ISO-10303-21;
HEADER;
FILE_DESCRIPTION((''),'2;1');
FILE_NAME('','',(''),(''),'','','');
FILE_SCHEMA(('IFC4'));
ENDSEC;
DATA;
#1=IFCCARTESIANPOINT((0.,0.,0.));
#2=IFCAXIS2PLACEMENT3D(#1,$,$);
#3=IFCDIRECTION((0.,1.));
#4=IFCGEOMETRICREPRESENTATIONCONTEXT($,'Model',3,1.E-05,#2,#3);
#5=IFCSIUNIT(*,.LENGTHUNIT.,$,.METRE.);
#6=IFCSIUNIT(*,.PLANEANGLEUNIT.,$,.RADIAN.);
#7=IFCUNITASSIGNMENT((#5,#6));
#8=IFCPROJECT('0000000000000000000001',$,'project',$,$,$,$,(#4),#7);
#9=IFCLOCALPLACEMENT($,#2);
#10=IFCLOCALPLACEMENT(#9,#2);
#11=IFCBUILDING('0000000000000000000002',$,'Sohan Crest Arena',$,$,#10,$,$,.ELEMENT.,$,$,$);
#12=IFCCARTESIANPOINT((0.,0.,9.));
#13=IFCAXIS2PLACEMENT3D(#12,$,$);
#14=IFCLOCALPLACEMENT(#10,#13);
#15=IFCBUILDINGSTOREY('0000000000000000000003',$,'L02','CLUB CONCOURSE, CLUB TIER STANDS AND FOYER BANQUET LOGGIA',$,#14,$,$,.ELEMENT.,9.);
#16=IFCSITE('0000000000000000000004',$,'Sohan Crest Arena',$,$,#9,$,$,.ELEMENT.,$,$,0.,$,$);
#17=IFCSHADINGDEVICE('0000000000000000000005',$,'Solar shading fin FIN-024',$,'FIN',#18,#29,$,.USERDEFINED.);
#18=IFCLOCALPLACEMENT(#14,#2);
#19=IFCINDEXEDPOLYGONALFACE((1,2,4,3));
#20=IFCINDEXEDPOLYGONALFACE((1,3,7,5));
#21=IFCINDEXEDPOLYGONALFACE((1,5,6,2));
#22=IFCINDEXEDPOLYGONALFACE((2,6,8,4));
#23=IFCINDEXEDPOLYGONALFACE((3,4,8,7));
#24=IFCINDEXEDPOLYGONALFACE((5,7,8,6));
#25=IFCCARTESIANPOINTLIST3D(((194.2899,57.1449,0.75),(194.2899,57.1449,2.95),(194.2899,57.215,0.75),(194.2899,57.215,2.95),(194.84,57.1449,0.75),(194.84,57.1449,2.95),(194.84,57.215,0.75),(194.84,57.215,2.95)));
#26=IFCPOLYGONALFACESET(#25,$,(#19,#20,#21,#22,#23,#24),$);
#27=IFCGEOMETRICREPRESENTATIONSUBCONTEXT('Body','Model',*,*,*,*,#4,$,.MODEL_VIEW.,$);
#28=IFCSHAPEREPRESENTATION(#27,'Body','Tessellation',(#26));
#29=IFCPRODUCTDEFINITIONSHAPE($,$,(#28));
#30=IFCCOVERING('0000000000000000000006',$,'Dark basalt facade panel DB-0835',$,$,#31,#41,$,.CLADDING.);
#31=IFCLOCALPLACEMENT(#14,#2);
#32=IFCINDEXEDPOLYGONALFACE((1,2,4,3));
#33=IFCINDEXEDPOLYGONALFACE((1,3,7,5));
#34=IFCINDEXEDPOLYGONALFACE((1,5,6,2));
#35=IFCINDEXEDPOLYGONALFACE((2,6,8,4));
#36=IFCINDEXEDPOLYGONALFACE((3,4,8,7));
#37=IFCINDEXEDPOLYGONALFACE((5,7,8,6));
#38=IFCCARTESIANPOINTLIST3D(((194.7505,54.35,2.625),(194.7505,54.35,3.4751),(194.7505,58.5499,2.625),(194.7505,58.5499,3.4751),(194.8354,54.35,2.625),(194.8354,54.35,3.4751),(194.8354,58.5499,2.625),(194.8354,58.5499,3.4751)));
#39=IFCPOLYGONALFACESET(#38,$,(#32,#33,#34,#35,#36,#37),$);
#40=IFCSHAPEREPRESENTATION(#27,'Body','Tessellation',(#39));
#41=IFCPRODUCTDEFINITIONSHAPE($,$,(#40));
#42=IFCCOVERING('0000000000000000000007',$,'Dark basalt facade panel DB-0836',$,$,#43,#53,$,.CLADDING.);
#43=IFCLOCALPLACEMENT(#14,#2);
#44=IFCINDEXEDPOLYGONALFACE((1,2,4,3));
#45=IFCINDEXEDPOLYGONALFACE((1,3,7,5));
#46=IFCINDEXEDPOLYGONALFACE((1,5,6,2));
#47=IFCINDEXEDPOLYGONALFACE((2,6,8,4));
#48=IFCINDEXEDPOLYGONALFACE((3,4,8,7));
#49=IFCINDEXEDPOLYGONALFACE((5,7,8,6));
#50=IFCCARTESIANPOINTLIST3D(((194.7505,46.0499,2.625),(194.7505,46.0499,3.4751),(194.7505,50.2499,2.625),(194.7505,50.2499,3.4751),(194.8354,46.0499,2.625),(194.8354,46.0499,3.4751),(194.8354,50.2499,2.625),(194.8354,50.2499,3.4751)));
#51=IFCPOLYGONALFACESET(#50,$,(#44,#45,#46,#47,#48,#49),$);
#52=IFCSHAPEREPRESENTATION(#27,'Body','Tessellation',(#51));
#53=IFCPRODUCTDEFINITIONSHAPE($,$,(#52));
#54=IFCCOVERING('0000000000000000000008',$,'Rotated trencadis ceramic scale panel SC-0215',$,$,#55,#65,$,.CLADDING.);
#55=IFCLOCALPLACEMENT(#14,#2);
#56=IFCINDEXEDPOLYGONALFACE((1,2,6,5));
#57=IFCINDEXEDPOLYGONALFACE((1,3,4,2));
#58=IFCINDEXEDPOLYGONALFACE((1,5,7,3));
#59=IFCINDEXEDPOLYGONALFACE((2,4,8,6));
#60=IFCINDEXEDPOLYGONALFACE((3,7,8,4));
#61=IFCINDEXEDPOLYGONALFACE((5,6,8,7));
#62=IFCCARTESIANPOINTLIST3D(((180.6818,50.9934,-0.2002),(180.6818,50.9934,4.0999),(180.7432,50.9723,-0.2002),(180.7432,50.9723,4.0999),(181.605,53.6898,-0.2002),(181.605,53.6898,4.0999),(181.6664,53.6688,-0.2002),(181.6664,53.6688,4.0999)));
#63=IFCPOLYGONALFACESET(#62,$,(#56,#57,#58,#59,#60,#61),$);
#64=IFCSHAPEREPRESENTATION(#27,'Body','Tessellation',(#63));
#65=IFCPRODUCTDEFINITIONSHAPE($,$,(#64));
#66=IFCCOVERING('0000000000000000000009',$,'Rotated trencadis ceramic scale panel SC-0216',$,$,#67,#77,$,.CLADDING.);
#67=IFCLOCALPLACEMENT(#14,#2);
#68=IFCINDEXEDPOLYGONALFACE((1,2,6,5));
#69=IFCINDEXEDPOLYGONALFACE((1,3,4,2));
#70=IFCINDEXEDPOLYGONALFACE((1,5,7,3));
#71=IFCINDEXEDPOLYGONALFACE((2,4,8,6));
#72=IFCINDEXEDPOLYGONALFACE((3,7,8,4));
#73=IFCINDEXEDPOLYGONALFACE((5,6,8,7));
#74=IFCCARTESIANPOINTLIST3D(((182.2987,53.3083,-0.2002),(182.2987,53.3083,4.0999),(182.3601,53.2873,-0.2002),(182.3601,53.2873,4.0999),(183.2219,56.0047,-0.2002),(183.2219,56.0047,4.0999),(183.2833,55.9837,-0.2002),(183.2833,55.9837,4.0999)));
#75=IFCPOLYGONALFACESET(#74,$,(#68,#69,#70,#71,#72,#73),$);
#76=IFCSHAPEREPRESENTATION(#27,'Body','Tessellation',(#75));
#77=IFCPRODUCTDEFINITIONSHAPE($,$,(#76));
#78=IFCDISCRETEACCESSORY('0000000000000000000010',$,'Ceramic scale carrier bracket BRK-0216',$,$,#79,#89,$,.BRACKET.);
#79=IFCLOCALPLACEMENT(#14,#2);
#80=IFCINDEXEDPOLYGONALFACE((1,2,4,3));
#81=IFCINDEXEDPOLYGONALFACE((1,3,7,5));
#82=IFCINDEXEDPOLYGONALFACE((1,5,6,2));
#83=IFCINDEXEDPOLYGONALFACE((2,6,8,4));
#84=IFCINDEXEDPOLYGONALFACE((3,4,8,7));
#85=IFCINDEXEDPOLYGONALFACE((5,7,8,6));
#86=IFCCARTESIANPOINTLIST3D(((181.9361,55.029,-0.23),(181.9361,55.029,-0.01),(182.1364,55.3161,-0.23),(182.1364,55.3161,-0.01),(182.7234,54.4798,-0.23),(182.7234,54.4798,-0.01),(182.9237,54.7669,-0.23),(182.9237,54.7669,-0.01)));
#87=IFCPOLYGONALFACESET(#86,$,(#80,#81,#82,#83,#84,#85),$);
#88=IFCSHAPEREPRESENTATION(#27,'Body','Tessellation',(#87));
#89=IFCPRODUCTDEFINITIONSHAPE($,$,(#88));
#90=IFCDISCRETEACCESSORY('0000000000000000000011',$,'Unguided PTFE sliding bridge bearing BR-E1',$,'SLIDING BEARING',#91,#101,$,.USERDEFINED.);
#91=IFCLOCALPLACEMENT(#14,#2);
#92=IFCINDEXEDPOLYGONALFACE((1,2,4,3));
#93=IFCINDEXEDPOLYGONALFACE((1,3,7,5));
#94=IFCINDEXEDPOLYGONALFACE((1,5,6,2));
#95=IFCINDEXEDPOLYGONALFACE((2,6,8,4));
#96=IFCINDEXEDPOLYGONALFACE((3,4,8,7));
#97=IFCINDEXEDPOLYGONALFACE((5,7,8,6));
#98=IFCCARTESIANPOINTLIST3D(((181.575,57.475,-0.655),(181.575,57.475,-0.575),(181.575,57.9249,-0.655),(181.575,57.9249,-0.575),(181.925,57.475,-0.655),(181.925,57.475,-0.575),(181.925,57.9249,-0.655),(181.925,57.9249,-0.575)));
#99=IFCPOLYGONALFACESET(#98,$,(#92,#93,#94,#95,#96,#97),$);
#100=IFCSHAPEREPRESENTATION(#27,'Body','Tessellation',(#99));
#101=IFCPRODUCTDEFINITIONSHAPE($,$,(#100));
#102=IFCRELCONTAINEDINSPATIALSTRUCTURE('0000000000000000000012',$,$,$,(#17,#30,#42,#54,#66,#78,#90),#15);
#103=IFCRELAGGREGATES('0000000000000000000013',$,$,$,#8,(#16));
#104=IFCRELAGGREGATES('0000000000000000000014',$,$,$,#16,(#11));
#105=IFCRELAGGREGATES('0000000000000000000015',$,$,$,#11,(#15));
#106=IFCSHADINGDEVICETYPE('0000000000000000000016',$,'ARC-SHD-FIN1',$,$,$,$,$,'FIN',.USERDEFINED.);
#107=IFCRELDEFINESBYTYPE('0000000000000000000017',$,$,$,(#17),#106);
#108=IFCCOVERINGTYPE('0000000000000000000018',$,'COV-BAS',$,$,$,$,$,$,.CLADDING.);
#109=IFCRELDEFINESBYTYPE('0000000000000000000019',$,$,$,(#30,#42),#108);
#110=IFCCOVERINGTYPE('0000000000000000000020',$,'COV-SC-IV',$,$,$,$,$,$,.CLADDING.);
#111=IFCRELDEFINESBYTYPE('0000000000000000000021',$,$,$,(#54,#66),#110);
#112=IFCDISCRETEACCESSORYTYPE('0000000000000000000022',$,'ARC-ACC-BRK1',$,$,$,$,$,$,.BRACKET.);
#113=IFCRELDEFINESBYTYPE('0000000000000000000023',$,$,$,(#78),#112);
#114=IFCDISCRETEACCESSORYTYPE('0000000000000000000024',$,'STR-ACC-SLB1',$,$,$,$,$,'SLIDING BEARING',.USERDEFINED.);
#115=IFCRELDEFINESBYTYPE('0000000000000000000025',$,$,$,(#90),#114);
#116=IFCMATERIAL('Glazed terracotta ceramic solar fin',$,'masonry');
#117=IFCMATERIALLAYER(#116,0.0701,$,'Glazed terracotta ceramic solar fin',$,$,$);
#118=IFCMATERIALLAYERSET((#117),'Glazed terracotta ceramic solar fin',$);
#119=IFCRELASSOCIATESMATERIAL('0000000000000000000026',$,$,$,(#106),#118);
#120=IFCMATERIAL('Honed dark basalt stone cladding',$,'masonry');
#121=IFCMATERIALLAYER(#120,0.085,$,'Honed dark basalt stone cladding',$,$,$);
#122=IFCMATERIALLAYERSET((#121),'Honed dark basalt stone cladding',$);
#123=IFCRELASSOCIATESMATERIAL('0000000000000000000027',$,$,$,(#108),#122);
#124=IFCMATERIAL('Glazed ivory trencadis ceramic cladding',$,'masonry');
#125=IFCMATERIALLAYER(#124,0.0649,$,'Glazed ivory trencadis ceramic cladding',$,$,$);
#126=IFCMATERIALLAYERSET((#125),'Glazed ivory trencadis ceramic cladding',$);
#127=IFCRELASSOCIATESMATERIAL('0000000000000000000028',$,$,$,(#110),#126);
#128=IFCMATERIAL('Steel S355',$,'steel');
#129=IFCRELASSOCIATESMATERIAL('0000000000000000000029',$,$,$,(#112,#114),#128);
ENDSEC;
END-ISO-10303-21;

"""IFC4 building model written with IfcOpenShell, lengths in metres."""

from ifc_helpers import new_model, si_unit, direction, frame, origin, origin_2d, place, context, subcontext, project, spatial, rectangle, extrude, material, layer, layer_set, type_object, element, save


model = new_model("IFC4")

# Units and contexts
model_context = context("Model", 3, precision=1e-05, world=origin(), true_north=direction((0.0, 1.0)))
body_context = subcontext(model_context, "Body", "Model", "MODEL_VIEW")
ifc_project = project(units=[si_unit("LENGTHUNIT", "METRE"), si_unit("PLANEANGLEUNIT", "RADIAN")], contexts=[model_context])

# Site, building, storey
site_placement = place(None, origin())
site = spatial("IfcSite", under=ifc_project, at=site_placement, Name="Sohan Crest Arena", CompositionType="ELEMENT", RefElevation=0.0)
building_placement = place(site_placement, origin())
building = spatial("IfcBuilding", under=site, at=building_placement, Name="Sohan Crest Arena", CompositionType="ELEMENT")
storey_placement = place(building_placement, frame((0.0, 0.0, 9.0)))
storey = spatial("IfcBuildingStorey", under=building, at=storey_placement, Name="L02", Description="CLUB CONCOURSE, CLUB TIER STANDS AND FOYER BANQUET LOGGIA", CompositionType="ELEMENT", Elevation=9.0)

# Shared definitions
ifc_material_1 = material(Name="Steel S355", Category="steel")

# Shading device
ifc_material_2 = material(Name="Glazed terracotta ceramic solar fin", Category="masonry")
ifc_layer_1 = layer(ifc_material_2, 0.0701, Name="Glazed terracotta ceramic solar fin")
ifc_layer_set_1 = layer_set([ifc_layer_1], Name="Glazed terracotta ceramic solar fin")
shading_device_type = type_object("IfcShadingDeviceType", Name="ARC-SHD-FIN1", ElementType="FIN", PredefinedType="USERDEFINED", material=ifc_layer_set_1)
shading_device_placement = place(storey_placement, frame((194.5649, 57.1799, 0.75), z_axis=(0.0, 0.0, 1.0), x_axis=(0.0, -1.0, 0.0)))
element("IfcShadingDevice", 1, at=shading_device_placement, inside=storey, type_object=shading_device_type, Name="Solar shading fin FIN-024", ObjectType="FIN", PredefinedType="USERDEFINED", context=body_context, shape_type="SweptSolid", body=[
    extrude(rectangle(XDim=0.0701, YDim=0.55, at=origin_2d()), origin(), (0.0, 0.0, 1.0), 2.2),
])

# Coverings
ifc_material_3 = material(Name="Honed dark basalt stone cladding", Category="masonry")
ifc_layer_2 = layer(ifc_material_3, 0.085, Name="Honed dark basalt stone cladding")
ifc_layer_set_2 = layer_set([ifc_layer_2], Name="Honed dark basalt stone cladding")
covering_type_1 = type_object("IfcCoveringType", Name="COV-BAS", PredefinedType="CLADDING", material=ifc_layer_set_2)
for number, where, z_axis, x_axis, name in (
    (2, (194.793, 56.45, 2.625), (0.0, 0.0, 1.0), (0.0, -1.0, 0.0), "Dark basalt facade panel DB-0835"),
    (3, (194.793, 48.1499, 2.625), (0.0, 0.0, 1.0), (0.0, -1.0, 0.0), "Dark basalt facade panel DB-0836"),
):
    element("IfcCovering", number, at=place(storey_placement, frame(where, z_axis=z_axis, x_axis=x_axis)), inside=storey, type_object=covering_type_1, Name=name, PredefinedType="CLADDING", context=body_context, shape_type="SweptSolid", body=[
        extrude(rectangle(XDim=4.2, YDim=0.085, at=origin_2d()), origin(), (0.0, 0.0, 1.0), 0.8501),
    ])
ifc_material_4 = material(Name="Glazed ivory trencadis ceramic cladding", Category="masonry")
ifc_layer_3 = layer(ifc_material_4, 0.0649, Name="Glazed ivory trencadis ceramic cladding")
ifc_layer_set_3 = layer_set([ifc_layer_3], Name="Glazed ivory trencadis ceramic cladding")
covering_type_2 = type_object("IfcCoveringType", Name="COV-SC-IV", PredefinedType="CLADDING", material=ifc_layer_set_3)
for number, where, z_axis, x_axis, name in (
    (4, (181.1741, 52.3311, -0.2002), (0.0, 0.0, 1.0), (0.323917, 0.946085, 0.0), "Rotated trencadis ceramic scale panel SC-0215"),
    (5, (182.791, 54.646, -0.2002), (0.0, 0.0, 1.0), (0.323917, 0.946085, 0.0), "Rotated trencadis ceramic scale panel SC-0216"),
):
    element("IfcCovering", number, at=place(storey_placement, frame(where, z_axis=z_axis, x_axis=x_axis)), inside=storey, type_object=covering_type_2, Name=name, PredefinedType="CLADDING", context=body_context, shape_type="SweptSolid", body=[
        extrude(rectangle(XDim=2.8501, YDim=0.0649, at=origin_2d()), origin(), (0.0, 0.0, 1.0), 4.3),
    ])

# Discrete accessories
discrete_accessory_type_1 = type_object("IfcDiscreteAccessoryType", Name="ARC-ACC-BRK1", PredefinedType="BRACKET", material=ifc_material_1)
discrete_accessory_1_placement = place(storey_placement, frame((182.4299, 54.8979, -0.23), z_axis=(0.0, 0.0, 1.0), x_axis=(0.572146, 0.820152, 0.0)))
element("IfcDiscreteAccessory", 6, at=discrete_accessory_1_placement, inside=storey, type_object=discrete_accessory_type_1, Name="Ceramic scale carrier bracket BRK-0216", PredefinedType="BRACKET", context=body_context, shape_type="SweptSolid", body=[
    extrude(rectangle(XDim=0.3501, YDim=0.96, at=origin_2d()), origin(), (0.0, 0.0, 1.0), 0.22),
])
discrete_accessory_type_2 = type_object("IfcDiscreteAccessoryType", Name="STR-ACC-SLB1", ElementType="SLIDING BEARING", PredefinedType="USERDEFINED", material=ifc_material_1)
discrete_accessory_2_placement = place(storey_placement, frame((181.75, 57.7, -0.655), z_axis=(0.0, 0.0, 1.0), x_axis=(1.0, 0.0, 0.0)))
element("IfcDiscreteAccessory", 7, at=discrete_accessory_2_placement, inside=storey, type_object=discrete_accessory_type_2, Name="Unguided PTFE sliding bridge bearing BR-E1", ObjectType="SLIDING BEARING", PredefinedType="USERDEFINED", context=body_context, shape_type="SweptSolid", body=[
    extrude(rectangle(XDim=0.3501, YDim=0.45, at=origin_2d()), origin(), (0.0, 0.0, 1.0), 0.0801),
])

save(model, "model.ifc")
